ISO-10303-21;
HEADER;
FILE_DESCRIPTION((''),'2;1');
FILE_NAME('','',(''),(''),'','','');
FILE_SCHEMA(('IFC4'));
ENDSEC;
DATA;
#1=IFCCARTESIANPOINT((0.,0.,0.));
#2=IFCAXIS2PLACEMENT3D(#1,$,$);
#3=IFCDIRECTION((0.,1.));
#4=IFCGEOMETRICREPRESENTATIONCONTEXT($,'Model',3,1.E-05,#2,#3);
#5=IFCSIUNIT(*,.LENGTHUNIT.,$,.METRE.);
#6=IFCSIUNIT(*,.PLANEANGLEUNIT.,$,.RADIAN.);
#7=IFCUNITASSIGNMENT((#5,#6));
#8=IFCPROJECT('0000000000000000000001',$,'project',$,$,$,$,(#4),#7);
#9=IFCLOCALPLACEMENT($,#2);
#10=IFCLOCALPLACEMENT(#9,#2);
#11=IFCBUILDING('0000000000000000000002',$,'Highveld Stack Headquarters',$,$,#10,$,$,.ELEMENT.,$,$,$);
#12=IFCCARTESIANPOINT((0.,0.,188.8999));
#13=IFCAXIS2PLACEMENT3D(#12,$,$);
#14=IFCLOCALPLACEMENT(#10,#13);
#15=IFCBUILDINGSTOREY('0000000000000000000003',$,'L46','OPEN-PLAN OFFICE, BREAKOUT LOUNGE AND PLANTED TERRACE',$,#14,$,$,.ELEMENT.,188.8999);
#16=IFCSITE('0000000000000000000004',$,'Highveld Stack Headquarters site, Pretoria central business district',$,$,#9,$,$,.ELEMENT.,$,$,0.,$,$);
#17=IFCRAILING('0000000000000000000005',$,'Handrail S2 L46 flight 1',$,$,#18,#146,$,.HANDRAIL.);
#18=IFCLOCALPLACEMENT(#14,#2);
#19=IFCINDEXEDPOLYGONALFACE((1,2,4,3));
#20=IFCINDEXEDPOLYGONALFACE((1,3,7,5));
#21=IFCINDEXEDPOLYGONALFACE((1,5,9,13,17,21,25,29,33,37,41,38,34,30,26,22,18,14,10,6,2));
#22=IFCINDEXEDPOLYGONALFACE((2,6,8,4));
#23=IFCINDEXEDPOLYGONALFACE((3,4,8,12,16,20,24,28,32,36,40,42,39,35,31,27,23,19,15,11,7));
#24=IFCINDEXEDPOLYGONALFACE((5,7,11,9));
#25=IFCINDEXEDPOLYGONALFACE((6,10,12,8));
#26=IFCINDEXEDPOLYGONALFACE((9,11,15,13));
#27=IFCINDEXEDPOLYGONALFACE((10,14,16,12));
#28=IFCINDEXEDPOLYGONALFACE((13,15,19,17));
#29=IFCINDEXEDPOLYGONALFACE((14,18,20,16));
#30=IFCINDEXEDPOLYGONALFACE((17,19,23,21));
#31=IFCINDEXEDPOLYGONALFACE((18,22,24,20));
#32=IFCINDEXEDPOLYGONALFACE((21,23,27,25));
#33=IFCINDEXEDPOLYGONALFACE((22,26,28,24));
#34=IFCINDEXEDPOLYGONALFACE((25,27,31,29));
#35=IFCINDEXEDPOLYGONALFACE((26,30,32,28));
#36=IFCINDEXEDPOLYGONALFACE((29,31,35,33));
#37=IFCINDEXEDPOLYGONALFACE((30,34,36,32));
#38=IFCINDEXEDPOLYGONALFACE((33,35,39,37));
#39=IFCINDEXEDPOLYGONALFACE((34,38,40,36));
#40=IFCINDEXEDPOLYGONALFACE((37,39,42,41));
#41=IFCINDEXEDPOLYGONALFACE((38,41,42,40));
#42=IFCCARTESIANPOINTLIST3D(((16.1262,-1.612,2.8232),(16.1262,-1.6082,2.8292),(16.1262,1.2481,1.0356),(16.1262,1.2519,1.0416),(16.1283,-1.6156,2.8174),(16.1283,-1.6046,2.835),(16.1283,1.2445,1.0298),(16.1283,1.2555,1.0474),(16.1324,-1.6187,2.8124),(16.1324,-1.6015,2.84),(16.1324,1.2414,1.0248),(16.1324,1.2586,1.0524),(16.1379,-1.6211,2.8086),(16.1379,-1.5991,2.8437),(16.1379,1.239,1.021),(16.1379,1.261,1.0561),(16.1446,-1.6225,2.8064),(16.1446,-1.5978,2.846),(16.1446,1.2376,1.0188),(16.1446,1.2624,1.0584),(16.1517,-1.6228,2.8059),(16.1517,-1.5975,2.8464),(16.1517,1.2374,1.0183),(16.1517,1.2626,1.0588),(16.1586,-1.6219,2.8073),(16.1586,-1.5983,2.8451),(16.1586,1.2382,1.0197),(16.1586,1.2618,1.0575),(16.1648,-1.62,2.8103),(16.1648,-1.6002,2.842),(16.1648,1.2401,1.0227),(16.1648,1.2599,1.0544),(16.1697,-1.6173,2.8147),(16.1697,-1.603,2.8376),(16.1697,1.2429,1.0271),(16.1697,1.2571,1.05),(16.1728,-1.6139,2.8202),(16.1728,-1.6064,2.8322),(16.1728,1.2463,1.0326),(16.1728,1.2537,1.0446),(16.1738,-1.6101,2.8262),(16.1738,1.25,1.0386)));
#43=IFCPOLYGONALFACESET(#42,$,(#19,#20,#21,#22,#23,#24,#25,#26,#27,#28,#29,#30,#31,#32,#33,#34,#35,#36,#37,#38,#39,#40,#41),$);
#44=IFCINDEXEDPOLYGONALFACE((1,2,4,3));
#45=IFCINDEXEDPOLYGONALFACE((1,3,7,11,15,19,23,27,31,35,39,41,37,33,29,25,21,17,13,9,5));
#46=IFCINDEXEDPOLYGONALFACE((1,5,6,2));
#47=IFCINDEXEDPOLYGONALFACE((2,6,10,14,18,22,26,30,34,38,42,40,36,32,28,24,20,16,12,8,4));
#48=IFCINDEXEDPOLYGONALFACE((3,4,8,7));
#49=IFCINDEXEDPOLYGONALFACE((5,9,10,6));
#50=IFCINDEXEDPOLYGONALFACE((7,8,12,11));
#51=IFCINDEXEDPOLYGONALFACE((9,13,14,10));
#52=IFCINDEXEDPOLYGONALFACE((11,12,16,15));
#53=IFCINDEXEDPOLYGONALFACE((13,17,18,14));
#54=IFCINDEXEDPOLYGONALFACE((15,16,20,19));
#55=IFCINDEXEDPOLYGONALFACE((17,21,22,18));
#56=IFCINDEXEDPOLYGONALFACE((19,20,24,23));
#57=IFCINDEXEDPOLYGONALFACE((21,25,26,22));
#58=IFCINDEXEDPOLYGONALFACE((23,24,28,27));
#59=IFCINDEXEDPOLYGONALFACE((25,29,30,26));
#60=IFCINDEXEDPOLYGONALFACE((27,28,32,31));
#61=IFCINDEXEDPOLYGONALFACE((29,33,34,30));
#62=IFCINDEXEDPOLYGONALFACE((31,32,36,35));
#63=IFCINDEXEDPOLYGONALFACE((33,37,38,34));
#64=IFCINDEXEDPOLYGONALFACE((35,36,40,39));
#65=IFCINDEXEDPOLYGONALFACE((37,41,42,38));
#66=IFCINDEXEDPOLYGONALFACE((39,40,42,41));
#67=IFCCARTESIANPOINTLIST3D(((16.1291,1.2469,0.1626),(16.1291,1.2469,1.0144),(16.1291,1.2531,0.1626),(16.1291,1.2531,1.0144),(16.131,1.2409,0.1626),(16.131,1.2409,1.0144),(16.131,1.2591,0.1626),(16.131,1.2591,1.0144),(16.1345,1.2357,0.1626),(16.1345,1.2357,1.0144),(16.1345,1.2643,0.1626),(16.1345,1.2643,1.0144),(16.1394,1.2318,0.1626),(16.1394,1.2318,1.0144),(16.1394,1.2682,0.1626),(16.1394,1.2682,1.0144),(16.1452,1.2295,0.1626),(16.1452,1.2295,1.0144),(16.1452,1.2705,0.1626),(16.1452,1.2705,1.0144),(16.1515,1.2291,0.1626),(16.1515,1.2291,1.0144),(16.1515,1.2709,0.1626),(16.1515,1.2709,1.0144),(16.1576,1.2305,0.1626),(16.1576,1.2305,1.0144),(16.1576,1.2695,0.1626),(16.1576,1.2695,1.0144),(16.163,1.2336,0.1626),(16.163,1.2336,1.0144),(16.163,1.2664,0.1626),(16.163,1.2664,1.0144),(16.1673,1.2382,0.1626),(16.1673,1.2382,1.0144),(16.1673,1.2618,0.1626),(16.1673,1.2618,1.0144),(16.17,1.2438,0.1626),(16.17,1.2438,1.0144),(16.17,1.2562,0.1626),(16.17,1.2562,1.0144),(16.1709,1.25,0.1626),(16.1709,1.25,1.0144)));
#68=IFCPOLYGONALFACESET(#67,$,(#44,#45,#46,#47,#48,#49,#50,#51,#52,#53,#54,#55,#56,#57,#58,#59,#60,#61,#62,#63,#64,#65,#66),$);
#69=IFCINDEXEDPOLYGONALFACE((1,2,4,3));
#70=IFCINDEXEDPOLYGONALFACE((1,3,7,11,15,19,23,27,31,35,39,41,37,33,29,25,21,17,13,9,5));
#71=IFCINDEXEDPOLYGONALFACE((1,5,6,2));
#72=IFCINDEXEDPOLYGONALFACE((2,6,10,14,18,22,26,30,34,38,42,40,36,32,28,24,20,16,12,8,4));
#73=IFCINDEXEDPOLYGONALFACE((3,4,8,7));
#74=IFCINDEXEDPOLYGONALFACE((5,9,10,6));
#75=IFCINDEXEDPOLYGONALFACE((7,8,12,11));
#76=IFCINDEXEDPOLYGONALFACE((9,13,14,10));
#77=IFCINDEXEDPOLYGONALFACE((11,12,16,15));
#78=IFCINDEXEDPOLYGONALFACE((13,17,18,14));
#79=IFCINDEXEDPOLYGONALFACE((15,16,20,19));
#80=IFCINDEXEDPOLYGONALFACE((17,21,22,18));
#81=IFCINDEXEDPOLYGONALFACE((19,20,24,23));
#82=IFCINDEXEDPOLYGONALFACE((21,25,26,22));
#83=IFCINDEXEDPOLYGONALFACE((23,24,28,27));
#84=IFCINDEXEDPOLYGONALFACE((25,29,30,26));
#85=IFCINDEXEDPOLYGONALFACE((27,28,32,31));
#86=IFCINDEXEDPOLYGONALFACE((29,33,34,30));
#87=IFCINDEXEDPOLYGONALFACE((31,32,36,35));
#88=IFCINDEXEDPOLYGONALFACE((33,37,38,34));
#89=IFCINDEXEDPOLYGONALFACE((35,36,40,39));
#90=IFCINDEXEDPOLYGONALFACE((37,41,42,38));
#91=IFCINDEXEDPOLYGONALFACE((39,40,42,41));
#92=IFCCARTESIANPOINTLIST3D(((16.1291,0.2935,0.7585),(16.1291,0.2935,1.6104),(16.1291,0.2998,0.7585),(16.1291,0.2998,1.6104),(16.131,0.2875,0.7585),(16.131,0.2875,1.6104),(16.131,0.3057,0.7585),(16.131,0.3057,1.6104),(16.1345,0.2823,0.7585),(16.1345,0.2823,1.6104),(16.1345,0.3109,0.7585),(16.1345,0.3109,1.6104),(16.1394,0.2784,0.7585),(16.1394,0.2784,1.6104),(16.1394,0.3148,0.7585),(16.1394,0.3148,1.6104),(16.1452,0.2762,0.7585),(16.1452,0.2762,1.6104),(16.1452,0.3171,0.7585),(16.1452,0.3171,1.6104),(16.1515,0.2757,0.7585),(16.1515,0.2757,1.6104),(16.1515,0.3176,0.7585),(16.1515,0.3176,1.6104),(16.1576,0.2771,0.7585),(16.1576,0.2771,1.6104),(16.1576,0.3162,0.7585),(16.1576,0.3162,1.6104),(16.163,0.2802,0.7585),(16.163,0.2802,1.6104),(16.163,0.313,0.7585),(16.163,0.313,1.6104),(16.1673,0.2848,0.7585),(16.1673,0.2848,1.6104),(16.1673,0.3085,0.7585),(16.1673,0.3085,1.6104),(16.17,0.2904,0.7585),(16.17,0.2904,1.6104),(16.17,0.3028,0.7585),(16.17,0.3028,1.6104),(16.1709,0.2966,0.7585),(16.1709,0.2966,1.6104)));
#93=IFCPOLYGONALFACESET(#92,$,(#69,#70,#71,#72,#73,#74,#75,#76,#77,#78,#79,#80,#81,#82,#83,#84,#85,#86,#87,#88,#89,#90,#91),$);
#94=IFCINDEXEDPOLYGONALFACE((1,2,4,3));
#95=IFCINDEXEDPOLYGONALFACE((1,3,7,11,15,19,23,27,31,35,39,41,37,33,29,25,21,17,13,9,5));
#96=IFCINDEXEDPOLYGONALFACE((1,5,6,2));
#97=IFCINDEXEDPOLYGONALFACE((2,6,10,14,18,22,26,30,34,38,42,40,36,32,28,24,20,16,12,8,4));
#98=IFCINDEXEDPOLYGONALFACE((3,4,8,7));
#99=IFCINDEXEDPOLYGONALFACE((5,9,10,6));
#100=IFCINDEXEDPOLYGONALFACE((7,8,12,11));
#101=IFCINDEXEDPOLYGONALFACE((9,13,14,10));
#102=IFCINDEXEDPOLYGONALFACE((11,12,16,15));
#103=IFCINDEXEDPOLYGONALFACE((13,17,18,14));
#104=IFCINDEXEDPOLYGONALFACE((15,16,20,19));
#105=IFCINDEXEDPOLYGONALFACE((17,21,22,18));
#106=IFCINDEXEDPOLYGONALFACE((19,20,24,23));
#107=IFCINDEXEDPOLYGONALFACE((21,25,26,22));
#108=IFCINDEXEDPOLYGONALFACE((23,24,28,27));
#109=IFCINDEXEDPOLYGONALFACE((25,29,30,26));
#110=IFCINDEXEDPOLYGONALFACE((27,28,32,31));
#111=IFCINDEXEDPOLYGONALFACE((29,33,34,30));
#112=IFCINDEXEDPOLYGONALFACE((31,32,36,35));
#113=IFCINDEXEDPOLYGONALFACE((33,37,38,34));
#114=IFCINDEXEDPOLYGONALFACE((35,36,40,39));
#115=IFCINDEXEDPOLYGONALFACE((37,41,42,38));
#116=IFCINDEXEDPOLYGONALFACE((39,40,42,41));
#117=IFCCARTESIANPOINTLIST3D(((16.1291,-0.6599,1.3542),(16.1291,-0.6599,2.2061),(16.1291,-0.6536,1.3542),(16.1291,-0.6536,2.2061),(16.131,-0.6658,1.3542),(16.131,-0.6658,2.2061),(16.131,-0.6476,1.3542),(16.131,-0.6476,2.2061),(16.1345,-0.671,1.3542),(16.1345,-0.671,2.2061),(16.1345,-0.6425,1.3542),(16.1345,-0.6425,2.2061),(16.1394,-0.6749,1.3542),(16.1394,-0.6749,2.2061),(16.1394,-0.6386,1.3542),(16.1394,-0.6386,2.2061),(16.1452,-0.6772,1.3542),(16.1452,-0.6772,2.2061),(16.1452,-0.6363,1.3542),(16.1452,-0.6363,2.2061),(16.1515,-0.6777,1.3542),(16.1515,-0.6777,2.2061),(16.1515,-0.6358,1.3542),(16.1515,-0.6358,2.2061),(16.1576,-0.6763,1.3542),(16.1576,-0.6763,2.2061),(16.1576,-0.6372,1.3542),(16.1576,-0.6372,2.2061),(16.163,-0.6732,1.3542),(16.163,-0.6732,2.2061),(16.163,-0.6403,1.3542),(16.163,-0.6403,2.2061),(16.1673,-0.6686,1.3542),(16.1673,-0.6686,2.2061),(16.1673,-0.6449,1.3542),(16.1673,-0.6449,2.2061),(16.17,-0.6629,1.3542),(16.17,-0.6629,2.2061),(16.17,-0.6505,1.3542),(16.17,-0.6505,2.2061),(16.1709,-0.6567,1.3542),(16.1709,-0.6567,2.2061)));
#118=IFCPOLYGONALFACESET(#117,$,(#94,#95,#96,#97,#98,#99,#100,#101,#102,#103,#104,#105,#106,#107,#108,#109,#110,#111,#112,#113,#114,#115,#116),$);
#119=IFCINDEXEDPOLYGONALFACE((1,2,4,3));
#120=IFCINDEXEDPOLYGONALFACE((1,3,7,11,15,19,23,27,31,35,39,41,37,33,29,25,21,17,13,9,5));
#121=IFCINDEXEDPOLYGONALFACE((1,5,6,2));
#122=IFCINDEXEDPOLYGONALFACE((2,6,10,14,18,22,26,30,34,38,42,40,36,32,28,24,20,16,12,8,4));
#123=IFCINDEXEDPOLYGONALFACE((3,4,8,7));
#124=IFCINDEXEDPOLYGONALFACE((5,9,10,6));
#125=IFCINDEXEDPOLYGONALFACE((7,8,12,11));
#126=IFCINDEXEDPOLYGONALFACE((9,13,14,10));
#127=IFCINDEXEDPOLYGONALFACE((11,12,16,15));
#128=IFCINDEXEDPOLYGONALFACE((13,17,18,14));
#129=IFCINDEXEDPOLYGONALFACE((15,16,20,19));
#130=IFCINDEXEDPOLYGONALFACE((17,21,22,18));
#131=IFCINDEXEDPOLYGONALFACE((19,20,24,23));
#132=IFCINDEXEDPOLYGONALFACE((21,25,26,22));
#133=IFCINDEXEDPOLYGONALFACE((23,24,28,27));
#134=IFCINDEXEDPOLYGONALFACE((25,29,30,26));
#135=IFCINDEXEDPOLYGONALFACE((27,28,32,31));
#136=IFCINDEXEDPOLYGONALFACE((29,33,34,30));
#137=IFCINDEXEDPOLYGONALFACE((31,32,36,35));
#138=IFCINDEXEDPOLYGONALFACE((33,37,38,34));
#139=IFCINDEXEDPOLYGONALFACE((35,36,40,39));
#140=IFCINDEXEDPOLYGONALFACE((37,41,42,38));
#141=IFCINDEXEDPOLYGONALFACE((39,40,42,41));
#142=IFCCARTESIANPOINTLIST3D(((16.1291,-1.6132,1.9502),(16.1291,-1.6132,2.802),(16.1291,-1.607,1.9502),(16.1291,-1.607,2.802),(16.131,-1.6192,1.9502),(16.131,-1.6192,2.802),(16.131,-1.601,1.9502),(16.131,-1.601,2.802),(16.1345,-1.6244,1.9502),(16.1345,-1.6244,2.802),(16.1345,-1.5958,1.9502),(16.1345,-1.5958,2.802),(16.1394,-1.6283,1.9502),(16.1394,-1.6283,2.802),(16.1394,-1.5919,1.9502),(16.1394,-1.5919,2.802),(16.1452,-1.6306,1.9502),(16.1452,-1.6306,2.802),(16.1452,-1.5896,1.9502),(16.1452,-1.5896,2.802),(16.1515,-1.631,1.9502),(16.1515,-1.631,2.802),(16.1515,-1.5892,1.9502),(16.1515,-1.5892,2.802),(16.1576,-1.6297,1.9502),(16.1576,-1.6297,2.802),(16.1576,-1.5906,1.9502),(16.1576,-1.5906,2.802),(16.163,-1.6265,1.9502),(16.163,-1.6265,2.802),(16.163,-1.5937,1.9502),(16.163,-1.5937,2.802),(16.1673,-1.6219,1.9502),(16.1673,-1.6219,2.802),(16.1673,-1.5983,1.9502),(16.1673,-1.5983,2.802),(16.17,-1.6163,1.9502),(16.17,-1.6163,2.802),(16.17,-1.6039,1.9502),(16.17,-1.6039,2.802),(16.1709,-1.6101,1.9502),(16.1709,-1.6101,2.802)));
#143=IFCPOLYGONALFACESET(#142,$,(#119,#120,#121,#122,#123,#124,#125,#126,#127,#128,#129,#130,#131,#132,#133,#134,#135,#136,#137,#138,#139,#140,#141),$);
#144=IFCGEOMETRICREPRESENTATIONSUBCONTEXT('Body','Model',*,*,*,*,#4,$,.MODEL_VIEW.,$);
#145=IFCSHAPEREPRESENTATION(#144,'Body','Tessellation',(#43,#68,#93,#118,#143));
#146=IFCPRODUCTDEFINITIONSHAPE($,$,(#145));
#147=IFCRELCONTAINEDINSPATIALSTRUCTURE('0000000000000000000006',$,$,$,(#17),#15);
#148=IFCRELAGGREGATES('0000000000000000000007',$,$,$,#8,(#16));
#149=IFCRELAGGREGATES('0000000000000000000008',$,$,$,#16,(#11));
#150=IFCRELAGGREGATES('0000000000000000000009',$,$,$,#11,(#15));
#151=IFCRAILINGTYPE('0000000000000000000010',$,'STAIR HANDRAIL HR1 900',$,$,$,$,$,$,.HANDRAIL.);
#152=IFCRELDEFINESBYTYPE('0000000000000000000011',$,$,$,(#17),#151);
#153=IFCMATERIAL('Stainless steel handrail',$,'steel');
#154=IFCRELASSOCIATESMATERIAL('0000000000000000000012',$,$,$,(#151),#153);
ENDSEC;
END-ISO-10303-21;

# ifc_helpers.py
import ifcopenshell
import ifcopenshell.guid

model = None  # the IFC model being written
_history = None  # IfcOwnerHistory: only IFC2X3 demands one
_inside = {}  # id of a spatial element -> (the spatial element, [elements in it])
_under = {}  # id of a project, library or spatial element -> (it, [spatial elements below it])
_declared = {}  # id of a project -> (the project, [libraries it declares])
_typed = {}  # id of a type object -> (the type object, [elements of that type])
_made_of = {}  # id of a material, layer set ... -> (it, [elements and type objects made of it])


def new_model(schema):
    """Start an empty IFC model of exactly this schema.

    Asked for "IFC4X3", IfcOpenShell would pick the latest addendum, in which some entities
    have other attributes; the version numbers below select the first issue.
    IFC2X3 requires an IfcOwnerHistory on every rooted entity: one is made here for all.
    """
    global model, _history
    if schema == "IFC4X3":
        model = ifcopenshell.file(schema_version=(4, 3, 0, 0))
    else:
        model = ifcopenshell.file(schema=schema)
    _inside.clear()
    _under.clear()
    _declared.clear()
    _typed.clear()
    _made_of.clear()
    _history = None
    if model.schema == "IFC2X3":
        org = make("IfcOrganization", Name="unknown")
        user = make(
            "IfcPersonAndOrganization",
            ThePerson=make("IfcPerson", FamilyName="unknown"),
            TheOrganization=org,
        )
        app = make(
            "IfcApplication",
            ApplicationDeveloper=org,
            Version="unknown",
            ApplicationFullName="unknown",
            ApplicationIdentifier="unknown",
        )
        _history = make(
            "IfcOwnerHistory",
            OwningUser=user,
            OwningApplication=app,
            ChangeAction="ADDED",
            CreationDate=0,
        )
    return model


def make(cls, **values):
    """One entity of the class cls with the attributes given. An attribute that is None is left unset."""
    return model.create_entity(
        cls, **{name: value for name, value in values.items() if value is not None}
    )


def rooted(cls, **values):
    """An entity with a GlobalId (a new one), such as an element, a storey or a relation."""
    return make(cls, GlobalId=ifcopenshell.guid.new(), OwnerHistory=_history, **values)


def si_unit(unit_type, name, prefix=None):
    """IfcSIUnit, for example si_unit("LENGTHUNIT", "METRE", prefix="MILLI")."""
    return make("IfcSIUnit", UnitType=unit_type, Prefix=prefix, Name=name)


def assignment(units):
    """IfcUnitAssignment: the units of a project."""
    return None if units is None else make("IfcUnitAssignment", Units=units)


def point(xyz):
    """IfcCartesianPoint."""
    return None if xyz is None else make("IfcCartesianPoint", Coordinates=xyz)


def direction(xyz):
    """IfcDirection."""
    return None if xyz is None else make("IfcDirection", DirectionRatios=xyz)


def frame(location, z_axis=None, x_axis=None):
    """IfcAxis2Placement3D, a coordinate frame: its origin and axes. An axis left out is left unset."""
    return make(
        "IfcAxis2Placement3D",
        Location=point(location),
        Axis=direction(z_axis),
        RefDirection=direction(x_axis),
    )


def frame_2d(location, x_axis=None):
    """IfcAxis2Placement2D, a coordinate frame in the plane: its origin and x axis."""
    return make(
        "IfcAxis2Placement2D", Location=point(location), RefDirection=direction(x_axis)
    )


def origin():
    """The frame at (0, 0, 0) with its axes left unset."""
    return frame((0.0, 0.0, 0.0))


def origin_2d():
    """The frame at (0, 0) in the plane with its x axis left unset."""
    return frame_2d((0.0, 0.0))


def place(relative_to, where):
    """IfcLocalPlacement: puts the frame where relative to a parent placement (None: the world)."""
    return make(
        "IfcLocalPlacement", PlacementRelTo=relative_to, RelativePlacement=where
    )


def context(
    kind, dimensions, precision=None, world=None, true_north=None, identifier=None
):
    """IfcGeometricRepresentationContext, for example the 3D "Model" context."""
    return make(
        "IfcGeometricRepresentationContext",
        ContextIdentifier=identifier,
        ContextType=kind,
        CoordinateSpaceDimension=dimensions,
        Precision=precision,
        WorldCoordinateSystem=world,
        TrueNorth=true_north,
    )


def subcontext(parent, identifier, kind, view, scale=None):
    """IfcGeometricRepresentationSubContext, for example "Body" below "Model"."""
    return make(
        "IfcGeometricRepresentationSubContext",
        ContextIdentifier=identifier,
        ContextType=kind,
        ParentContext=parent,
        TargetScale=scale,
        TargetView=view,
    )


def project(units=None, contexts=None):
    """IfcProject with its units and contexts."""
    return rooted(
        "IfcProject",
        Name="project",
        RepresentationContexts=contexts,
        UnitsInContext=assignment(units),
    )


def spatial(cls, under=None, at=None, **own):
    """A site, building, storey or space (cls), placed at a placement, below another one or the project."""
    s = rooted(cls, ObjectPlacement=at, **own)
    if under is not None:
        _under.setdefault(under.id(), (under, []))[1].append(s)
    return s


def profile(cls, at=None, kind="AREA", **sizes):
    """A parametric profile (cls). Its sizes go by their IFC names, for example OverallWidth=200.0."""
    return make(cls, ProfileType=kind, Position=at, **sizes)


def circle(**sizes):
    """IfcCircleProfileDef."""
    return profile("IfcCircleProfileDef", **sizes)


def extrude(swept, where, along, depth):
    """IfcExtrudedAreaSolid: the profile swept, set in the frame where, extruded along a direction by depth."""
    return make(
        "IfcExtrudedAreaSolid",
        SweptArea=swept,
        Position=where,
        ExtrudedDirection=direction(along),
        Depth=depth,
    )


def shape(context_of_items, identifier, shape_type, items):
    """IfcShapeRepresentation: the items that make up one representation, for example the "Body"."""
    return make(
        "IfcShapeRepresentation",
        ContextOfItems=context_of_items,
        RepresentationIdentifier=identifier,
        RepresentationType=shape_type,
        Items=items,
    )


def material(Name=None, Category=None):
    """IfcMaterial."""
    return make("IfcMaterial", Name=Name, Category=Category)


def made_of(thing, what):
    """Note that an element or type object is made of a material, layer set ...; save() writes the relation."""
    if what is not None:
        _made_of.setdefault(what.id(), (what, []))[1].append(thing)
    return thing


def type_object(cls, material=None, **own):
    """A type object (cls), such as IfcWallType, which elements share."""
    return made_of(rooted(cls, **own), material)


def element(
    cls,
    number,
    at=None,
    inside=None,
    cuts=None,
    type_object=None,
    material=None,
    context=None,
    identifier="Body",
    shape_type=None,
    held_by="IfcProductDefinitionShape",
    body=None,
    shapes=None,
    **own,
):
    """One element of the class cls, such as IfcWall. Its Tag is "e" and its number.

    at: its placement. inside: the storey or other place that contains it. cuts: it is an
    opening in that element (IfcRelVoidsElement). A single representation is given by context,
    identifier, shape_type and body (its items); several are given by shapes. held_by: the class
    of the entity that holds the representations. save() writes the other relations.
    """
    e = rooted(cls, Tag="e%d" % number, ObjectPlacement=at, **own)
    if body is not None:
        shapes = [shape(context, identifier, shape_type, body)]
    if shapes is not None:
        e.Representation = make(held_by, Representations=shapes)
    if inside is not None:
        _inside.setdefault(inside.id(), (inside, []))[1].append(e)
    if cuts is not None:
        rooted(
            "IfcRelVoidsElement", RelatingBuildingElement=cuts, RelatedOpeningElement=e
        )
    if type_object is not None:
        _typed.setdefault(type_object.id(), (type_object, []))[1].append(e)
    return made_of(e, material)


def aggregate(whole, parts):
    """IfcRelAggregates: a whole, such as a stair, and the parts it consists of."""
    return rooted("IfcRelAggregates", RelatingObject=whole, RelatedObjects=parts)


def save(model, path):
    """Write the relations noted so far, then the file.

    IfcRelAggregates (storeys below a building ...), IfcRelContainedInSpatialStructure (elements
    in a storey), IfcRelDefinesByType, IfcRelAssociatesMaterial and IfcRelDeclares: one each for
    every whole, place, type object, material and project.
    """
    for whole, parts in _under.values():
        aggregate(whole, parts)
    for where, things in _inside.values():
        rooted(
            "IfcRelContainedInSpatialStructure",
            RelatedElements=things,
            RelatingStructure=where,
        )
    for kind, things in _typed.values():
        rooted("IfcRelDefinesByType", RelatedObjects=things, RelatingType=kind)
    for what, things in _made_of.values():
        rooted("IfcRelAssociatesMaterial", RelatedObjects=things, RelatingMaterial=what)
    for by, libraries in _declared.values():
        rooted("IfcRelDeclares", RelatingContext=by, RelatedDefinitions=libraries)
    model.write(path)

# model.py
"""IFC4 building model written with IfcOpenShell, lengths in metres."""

from ifc_helpers import new_model, si_unit, direction, frame, origin, origin_2d, place, context, subcontext, project, spatial, circle, extrude, material, type_object, element, save


model = new_model("IFC4")

# Units and contexts
model_context = context("Model", 3, precision=1e-05, world=origin(), true_north=direction((0.0, 1.0)))
body_context = subcontext(model_context, "Body", "Model", "MODEL_VIEW")
ifc_project = project(units=[si_unit("LENGTHUNIT", "METRE"), si_unit("PLANEANGLEUNIT", "RADIAN")], contexts=[model_context])

# Site, building, storey
site_placement = place(None, origin())
site = spatial("IfcSite", under=ifc_project, at=site_placement, Name="Highveld Stack Headquarters site, Pretoria central business district", CompositionType="ELEMENT", RefElevation=0.0)
building_placement = place(site_placement, origin())
building = spatial("IfcBuilding", under=site, at=building_placement, Name="Highveld Stack Headquarters", CompositionType="ELEMENT")
storey_placement = place(building_placement, frame((0.0, 0.0, 188.8999)))
storey = spatial("IfcBuildingStorey", under=building, at=storey_placement, Name="L46", Description="OPEN-PLAN OFFICE, BREAKOUT LOUNGE AND PLANTED TERRACE", CompositionType="ELEMENT", Elevation=188.8999)

# Railing
ifc_material_1 = material(Name="Stainless steel handrail", Category="steel")
railing_type = type_object("IfcRailingType", Name="STAIR HANDRAIL HR1 900", PredefinedType="HANDRAIL", material=ifc_material_1)
for number, where, name in (
    (1, (16.1499, 1.25, 0.1626), "Handrail S2 L46 flight 1"),
):
    element("IfcRailing", number, at=place(storey_placement, frame(where)), inside=storey, type_object=railing_type, Name=name, PredefinedType="HANDRAIL", context=body_context, shape_type="SweptSolid", body=[
        extrude(circle(Radius=0.0239, at=origin_2d()), frame((0.0, 0.0, 0.876), z_axis=(0.0, -0.847994, 0.530005), x_axis=(1.0, 0.0, 0.0)), (0.0, 0.0, 1.0), 3.3728),
        extrude(circle(Radius=0.021, at=origin_2d()), origin(), (0.0, 0.0, 1.0), 0.8518),
        extrude(circle(Radius=0.021, at=origin_2d()), frame((0.0, -0.9534, 0.5959)), (0.0, 0.0, 1.0), 0.8518),
        extrude(circle(Radius=0.021, at=origin_2d()), frame((0.0, -1.9067, 1.1917)), (0.0, 0.0, 1.0), 0.8518),
        extrude(circle(Radius=0.021, at=origin_2d()), frame((0.0, -2.8601, 1.7876)), (0.0, 0.0, 1.0), 0.8518),
    ])

save(model, "model.ifc")
